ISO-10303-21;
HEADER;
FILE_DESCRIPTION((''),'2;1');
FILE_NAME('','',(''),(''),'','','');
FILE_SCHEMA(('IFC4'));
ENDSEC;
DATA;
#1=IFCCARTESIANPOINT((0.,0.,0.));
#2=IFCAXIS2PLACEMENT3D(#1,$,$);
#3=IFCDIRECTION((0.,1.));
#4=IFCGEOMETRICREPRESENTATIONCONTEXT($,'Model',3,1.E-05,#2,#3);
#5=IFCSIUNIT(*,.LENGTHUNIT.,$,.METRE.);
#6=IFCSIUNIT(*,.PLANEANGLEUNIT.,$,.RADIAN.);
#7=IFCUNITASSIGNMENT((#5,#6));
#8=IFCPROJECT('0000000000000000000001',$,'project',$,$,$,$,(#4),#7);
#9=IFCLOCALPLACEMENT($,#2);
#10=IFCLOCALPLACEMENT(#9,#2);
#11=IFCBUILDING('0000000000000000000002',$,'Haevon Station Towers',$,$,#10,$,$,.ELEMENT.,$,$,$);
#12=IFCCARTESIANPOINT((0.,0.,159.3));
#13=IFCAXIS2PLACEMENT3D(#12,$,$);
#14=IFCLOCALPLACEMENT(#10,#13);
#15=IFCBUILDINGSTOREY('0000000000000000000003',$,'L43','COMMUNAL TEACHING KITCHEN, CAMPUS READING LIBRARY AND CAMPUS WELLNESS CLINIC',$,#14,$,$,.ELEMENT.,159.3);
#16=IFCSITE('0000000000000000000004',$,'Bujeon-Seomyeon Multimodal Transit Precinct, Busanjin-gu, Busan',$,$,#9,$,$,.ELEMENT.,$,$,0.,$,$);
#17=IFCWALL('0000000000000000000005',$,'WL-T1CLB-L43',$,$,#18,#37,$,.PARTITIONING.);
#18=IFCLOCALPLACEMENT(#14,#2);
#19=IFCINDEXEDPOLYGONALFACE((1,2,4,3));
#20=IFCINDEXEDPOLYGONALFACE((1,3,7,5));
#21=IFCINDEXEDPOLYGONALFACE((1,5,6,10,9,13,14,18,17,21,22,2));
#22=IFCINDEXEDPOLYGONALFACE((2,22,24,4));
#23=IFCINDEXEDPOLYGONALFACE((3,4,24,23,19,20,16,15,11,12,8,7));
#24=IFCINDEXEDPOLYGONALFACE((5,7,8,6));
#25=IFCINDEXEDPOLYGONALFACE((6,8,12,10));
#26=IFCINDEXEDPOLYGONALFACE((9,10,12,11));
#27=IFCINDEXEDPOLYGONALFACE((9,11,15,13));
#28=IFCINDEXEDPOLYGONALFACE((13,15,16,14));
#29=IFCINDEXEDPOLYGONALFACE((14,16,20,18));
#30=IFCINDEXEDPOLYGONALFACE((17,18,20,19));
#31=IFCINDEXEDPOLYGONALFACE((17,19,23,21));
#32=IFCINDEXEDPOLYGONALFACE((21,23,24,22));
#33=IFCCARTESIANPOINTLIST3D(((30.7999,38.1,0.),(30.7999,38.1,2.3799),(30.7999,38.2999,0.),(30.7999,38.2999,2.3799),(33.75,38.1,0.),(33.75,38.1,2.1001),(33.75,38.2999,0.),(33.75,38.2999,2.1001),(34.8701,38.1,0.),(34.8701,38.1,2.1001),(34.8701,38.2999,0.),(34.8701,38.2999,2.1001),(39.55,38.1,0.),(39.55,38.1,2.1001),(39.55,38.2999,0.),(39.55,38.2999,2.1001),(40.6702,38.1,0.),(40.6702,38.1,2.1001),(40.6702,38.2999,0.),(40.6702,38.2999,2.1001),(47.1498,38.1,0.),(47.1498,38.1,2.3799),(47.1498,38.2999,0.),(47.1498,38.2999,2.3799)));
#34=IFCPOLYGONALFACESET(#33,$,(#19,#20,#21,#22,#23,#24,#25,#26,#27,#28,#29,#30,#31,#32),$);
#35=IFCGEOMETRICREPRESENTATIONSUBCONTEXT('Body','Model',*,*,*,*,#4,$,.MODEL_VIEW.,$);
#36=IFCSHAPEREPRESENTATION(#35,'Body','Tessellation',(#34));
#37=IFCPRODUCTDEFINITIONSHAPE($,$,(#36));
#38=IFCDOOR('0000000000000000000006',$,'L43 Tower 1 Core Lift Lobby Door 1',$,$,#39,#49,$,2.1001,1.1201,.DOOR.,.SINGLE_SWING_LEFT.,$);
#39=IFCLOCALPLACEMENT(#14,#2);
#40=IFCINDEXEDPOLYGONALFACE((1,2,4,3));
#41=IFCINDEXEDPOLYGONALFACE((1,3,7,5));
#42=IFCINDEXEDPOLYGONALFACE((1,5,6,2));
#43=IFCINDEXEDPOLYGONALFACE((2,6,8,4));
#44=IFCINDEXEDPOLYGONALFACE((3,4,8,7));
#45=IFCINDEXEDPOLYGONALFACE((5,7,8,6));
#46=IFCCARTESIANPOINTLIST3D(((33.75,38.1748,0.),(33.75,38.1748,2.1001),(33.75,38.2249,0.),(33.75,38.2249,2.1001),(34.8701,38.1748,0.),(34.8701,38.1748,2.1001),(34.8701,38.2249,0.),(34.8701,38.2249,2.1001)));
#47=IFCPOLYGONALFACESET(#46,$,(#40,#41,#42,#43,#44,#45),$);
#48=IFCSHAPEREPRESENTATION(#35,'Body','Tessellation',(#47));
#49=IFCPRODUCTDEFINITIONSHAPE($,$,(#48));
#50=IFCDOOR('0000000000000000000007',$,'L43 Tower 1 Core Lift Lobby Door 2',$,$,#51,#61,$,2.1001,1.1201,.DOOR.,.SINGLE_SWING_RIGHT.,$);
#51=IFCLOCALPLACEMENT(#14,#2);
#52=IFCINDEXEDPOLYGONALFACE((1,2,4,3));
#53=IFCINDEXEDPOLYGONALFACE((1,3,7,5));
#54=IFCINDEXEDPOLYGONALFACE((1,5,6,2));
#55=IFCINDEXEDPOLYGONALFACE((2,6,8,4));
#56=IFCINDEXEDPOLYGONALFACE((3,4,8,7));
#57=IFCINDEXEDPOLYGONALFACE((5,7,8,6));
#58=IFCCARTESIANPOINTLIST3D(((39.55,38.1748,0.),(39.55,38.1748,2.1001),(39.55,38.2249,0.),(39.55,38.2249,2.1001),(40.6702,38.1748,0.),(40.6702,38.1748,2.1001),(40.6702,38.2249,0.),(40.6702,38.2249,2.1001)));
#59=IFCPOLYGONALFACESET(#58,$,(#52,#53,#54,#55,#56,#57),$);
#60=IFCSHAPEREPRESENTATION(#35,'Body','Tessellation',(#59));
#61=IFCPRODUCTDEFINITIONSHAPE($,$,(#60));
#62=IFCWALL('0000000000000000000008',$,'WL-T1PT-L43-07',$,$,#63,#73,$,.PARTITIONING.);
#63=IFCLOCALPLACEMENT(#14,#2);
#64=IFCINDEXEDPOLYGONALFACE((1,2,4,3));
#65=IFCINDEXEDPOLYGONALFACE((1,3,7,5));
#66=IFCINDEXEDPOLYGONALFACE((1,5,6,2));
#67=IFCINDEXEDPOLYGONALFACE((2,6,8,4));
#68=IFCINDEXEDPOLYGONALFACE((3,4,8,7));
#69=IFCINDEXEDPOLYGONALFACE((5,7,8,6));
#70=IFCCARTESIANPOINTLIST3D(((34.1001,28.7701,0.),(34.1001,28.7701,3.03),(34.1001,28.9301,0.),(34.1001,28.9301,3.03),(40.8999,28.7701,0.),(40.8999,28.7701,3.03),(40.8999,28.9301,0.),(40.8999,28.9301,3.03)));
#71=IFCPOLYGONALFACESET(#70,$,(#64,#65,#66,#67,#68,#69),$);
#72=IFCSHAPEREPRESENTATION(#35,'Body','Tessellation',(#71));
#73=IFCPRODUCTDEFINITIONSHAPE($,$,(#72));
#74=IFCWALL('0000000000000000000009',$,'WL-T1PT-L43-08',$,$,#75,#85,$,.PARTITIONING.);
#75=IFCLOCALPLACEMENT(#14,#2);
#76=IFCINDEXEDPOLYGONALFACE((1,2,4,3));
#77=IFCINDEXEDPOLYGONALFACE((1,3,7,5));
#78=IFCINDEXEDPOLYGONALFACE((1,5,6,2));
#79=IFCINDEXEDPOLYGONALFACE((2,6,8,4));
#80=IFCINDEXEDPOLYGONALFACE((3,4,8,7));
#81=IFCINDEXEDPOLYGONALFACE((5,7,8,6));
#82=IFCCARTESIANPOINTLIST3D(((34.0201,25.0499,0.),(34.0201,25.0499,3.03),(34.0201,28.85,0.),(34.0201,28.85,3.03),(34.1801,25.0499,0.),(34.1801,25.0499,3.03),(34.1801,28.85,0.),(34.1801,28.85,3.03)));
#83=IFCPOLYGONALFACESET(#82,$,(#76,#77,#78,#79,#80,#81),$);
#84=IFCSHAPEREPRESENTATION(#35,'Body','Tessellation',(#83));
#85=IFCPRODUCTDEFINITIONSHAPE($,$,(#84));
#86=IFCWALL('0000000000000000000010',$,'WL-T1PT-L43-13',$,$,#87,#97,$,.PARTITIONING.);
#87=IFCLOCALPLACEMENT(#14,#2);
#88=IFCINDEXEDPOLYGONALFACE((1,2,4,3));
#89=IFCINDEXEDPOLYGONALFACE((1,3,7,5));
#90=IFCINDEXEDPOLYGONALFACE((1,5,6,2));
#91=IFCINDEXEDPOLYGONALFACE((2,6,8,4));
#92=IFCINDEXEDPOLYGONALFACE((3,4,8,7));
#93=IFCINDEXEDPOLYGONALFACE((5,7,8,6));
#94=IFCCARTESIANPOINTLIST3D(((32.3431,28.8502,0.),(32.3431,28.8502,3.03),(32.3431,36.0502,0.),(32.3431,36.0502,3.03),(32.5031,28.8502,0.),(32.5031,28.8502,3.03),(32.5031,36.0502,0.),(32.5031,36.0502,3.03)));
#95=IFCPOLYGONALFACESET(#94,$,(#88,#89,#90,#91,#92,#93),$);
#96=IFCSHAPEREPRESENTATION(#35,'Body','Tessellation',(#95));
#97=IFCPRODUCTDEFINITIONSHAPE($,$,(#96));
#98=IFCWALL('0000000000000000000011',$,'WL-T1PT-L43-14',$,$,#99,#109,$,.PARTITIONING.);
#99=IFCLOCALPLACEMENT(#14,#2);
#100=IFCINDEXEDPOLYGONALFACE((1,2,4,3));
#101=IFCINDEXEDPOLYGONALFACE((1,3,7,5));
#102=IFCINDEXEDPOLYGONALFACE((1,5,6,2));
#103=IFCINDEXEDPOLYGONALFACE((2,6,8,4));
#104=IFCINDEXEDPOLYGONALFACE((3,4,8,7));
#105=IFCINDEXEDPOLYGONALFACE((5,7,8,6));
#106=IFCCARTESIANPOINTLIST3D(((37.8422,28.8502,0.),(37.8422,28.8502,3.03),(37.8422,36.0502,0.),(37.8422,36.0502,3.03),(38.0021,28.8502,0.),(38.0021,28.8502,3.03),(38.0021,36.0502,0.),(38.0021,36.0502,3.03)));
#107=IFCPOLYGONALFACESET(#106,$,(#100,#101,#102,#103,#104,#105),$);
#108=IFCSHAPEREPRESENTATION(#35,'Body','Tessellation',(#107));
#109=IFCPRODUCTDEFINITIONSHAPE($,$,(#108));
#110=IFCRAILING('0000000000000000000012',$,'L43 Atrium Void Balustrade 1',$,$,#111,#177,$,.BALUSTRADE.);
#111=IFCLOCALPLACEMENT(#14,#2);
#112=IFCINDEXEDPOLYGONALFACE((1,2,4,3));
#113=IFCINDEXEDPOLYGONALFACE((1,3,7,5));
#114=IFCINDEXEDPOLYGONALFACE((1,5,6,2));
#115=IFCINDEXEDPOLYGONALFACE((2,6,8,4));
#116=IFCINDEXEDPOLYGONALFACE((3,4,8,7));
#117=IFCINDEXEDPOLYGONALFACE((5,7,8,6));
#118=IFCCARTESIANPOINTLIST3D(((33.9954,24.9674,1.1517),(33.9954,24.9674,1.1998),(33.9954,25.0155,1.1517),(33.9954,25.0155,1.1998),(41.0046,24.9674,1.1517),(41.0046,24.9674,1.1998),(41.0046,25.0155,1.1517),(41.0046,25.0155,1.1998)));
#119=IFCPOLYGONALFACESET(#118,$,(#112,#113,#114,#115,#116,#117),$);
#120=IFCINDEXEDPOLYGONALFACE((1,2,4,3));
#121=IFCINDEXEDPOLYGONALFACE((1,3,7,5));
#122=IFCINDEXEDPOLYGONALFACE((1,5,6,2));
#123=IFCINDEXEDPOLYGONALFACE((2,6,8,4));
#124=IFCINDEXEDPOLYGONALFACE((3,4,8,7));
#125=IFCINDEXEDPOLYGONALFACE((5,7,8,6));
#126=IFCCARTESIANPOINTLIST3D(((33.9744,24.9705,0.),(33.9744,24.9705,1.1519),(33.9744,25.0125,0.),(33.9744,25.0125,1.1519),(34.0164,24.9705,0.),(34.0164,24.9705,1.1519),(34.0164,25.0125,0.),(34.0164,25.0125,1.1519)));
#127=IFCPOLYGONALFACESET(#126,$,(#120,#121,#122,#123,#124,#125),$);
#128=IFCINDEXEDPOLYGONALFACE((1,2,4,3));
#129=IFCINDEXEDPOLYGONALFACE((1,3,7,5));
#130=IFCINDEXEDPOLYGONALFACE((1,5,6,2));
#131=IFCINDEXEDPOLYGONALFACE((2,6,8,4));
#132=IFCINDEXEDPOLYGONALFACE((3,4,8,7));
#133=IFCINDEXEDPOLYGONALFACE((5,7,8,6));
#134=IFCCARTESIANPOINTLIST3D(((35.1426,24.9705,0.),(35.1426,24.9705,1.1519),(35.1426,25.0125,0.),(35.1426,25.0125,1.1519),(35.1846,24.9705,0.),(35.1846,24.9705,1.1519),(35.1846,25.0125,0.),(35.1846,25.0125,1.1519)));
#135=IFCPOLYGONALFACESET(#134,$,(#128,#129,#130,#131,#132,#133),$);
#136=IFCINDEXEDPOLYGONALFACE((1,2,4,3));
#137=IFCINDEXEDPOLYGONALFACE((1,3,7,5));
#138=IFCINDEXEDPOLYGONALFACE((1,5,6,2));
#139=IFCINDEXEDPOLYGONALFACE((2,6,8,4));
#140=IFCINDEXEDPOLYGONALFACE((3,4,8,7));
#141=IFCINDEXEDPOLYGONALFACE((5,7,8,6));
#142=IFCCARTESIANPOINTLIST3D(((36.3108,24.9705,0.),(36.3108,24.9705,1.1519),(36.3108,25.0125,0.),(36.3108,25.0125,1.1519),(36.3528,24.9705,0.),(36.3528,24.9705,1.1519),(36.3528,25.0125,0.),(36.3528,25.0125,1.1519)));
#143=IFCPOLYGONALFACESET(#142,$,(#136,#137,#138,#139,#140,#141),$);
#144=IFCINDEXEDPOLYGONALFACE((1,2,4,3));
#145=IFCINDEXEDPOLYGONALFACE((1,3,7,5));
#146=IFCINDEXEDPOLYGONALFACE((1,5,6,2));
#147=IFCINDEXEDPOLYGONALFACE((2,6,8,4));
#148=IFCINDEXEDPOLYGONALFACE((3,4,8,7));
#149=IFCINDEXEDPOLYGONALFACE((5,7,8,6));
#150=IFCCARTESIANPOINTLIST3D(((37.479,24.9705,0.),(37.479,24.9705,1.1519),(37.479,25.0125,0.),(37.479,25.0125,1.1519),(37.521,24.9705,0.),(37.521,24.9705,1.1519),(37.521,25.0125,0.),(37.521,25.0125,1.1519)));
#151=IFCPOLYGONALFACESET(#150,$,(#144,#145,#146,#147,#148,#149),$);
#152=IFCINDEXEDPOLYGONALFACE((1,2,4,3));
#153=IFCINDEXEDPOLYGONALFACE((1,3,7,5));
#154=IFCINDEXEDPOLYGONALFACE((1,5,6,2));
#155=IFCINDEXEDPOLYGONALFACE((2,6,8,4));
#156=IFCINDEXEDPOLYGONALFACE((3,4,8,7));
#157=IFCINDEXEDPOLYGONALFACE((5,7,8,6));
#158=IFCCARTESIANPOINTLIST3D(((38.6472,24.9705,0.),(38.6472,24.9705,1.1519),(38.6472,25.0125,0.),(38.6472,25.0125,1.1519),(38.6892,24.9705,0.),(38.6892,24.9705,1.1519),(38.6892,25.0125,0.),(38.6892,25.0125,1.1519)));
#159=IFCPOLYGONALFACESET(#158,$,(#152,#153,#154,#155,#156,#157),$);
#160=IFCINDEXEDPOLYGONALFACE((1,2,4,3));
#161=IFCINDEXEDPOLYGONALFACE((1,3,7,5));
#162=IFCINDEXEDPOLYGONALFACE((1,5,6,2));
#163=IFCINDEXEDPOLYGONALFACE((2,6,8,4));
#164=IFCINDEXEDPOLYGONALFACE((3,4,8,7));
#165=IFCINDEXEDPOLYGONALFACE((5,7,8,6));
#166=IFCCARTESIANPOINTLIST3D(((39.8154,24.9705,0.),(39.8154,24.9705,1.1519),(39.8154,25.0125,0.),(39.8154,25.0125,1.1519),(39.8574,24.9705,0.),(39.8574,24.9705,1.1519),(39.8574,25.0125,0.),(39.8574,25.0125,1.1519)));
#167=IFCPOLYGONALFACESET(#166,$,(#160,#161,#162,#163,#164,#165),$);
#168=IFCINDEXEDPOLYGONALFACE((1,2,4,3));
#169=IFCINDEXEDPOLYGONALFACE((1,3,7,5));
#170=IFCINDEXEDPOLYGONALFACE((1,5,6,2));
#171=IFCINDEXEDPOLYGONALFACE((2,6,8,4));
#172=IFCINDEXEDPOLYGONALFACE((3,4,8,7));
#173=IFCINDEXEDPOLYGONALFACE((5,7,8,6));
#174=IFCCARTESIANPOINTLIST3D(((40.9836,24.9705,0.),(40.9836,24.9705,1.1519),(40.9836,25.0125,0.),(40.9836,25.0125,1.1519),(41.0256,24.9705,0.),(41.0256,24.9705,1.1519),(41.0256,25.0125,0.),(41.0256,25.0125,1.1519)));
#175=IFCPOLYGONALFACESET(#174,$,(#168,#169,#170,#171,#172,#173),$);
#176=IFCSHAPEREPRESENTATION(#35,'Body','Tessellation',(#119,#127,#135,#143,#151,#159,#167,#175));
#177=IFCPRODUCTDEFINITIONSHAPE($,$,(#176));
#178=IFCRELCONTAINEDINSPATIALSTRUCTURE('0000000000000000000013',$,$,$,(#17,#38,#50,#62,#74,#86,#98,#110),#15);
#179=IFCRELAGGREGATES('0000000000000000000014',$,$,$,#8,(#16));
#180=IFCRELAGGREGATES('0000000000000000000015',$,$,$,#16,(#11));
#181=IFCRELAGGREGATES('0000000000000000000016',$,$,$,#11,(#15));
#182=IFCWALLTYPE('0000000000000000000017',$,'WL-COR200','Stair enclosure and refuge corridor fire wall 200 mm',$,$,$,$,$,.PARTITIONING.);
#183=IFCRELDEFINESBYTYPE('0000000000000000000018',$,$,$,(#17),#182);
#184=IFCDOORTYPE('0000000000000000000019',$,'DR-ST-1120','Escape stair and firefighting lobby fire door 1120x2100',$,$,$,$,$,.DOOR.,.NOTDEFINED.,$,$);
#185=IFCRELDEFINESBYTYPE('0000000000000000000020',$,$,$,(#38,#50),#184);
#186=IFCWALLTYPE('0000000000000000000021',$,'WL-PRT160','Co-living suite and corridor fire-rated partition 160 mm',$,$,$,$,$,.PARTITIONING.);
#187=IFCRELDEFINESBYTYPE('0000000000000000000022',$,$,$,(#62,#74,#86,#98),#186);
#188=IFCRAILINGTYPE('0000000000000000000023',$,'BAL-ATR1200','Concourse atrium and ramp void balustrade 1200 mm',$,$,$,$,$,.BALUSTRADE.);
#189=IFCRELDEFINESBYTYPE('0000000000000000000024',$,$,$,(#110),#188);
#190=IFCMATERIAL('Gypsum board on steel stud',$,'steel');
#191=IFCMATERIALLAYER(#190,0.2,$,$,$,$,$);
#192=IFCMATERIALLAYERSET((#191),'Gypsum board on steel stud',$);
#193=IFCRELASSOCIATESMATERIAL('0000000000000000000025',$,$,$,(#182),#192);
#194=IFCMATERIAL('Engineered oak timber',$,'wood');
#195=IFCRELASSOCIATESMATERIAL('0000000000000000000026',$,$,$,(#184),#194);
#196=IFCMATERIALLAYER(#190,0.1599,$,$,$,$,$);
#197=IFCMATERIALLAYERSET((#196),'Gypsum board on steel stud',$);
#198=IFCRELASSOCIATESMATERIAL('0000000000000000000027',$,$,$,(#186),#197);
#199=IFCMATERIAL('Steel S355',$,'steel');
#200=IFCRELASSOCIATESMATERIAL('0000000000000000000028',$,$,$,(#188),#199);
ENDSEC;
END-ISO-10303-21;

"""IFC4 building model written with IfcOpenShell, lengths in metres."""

from ifc_helpers import new_model, si_unit, direction, frame, frame_2d, origin, origin_2d, place, context, subcontext, project, spatial, rectangle, extrude, material, layer, layer_set, type_object, element, fill, save


model = new_model("IFC4")

# Units and contexts
model_context = context("Model", 3, precision=1e-05, world=origin(), true_north=direction((0.0, 1.0)))
body_context = subcontext(model_context, "Body", "Model", "MODEL_VIEW")
ifc_project = project(units=[si_unit("LENGTHUNIT", "METRE"), si_unit("PLANEANGLEUNIT", "RADIAN")], contexts=[model_context])

# Site, building, storey
site_placement = place(None, origin())
site = spatial("IfcSite", under=ifc_project, at=site_placement, Name="Bujeon-Seomyeon Multimodal Transit Precinct, Busanjin-gu, Busan", CompositionType="ELEMENT", RefElevation=0.0)
building_placement = place(site_placement, origin())
building = spatial("IfcBuilding", under=site, at=building_placement, Name="Haevon Station Towers", CompositionType="ELEMENT")
storey_placement = place(building_placement, frame((0.0, 0.0, 159.3)))
storey = spatial("IfcBuildingStorey", under=building, at=storey_placement, Name="L43", Description="COMMUNAL TEACHING KITCHEN, CAMPUS READING LIBRARY AND CAMPUS WELLNESS CLINIC", CompositionType="ELEMENT", Elevation=159.3)

# Shared definitions
ifc_material_1 = material(Name="Steel S355", Category="steel")

# Shared definitions
ifc_material_2 = material(Name="Gypsum board on steel stud", Category="steel")

# Shared definitions
ifc_layer_1 = layer(ifc_material_2, 0.2)
ifc_layer_set_1 = layer_set([ifc_layer_1], Name="Gypsum board on steel stud")
wall_type_1 = type_object("IfcWallType", Name="WL-COR200", Description="Stair enclosure and refuge corridor fire wall 200 mm", PredefinedType="PARTITIONING", material=ifc_layer_set_1)
ifc_material_3 = material(Name="Engineered oak timber", Category="wood")

# Wall, openings, doors
wall_1_placement = place(storey_placement, frame((30.8, 38.2, 0.0), z_axis=(0.0, 0.0, 1.0), x_axis=(1.0, 0.0, 0.0)))
wall_1 = element("IfcWall", 1, at=wall_1_placement, inside=storey, type_object=wall_type_1, Name="WL-T1CLB-L43", PredefinedType="PARTITIONING", context=body_context, shape_type="SweptSolid", body=[
    extrude(rectangle(XDim=16.3499, YDim=0.2, at=frame_2d((8.1748, 0.0))), origin(), (0.0, 0.0, 1.0), 2.3799),
])
opening_1_placement = place(wall_1_placement, frame((2.95, 0.0, 0.0)))
opening_1 = element("IfcOpeningElement", 2, at=opening_1_placement, cuts=wall_1, PredefinedType="OPENING", context=body_context, shape_type="SweptSolid", body=[
    extrude(rectangle(XDim=1.1201, YDim=2.1001, at=frame_2d((0.5601, 1.05))), frame((0.0, 0.1099, 0.0), z_axis=(0.0, -1.0, 0.0), x_axis=(1.0, 0.0, 0.0)), (0.0, 0.0, 1.0), 0.22),
])
opening_2_placement = place(wall_1_placement, frame((8.75, 0.0, 0.0)))
opening_2 = element("IfcOpeningElement", 3, at=opening_2_placement, cuts=wall_1, PredefinedType="OPENING", context=body_context, shape_type="SweptSolid", body=[
    extrude(rectangle(XDim=1.1201, YDim=2.1001, at=frame_2d((0.5601, 1.05))), frame((0.0, 0.1099, 0.0), z_axis=(0.0, -1.0, 0.0), x_axis=(1.0, 0.0, 0.0)), (0.0, 0.0, 1.0), 0.22),
])
door_type_1 = type_object("IfcDoorType", Name="DR-ST-1120", Description="Escape stair and firefighting lobby fire door 1120x2100", OperationType="NOTDEFINED", PredefinedType="DOOR", material=ifc_material_3)
door_1_placement = place(opening_1_placement, origin())
door_1 = element("IfcDoor", 4, at=door_1_placement, inside=storey, type_object=door_type_1, Name="L43 Tower 1 Core Lift Lobby Door 1", OperationType="SINGLE_SWING_LEFT", OverallHeight=2.1001, OverallWidth=1.1201, PredefinedType="DOOR", context=body_context, shape_type="SweptSolid", body=[
    extrude(rectangle(XDim=1.1201, YDim=2.1001, at=frame_2d((0.5601, 1.05))), frame((0.0, 0.0249, 0.0), z_axis=(0.0, -1.0, 0.0), x_axis=(1.0, 0.0, 0.0)), (0.0, 0.0, 1.0), 0.05),
])
fill(opening_1, door_1)
door_2_placement = place(opening_2_placement, origin())
door_2 = element("IfcDoor", 5, at=door_2_placement, inside=storey, type_object=door_type_1, Name="L43 Tower 1 Core Lift Lobby Door 2", OperationType="SINGLE_SWING_RIGHT", OverallHeight=2.1001, OverallWidth=1.1201, PredefinedType="DOOR", context=body_context, shape_type="SweptSolid", body=[
    extrude(rectangle(XDim=1.1201, YDim=2.1001, at=frame_2d((0.5601, 1.05))), frame((0.0, 0.0249, 0.0), z_axis=(0.0, -1.0, 0.0), x_axis=(1.0, 0.0, 0.0)), (0.0, 0.0, 1.0), 0.05),
])
fill(opening_2, door_2)

# Walls
ifc_layer_2 = layer(ifc_material_2, 0.1599)
ifc_layer_set_2 = layer_set([ifc_layer_2], Name="Gypsum board on steel stud")
wall_type_2 = type_object("IfcWallType", Name="WL-PRT160", Description="Co-living suite and corridor fire-rated partition 160 mm", PredefinedType="PARTITIONING", material=ifc_layer_set_2)
wall_2_placement = place(storey_placement, frame((34.1001, 28.8501, 0.0), z_axis=(0.0, 0.0, 1.0), x_axis=(1.0, 0.0, 0.0)))
element("IfcWall", 6, at=wall_2_placement, inside=storey, type_object=wall_type_2, Name="WL-T1PT-L43-07", PredefinedType="PARTITIONING", context=body_context, shape_type="SweptSolid", body=[
    extrude(rectangle(XDim=6.7998, YDim=0.1599, at=frame_2d((3.3999, 0.0))), origin(), (0.0, 0.0, 1.0), 3.03),
])
wall_3_placement = place(storey_placement, frame((34.1001, 25.05, 0.0), z_axis=(0.0, 0.0, 1.0), x_axis=(0.0, 1.0, 0.0)))
element("IfcWall", 7, at=wall_3_placement, inside=storey, type_object=wall_type_2, Name="WL-T1PT-L43-08", PredefinedType="PARTITIONING", context=body_context, shape_type="SweptSolid", body=[
    extrude(rectangle(XDim=3.8, YDim=0.1599, at=frame_2d((1.8999, 0.0))), origin(), (0.0, 0.0, 1.0), 3.03),
])
for number, where, z_axis, x_axis, name in (
    (8, (32.4231, 28.8501, 0.0), (0.0, 0.0, 1.0), (0.0, 1.0, 0.0), "WL-T1PT-L43-13"),
    (9, (37.9221, 28.8501, 0.0), (0.0, 0.0, 1.0), (0.0, 1.0, 0.0), "WL-T1PT-L43-14"),
):
    element("IfcWall", number, at=place(storey_placement, frame(where, z_axis=z_axis, x_axis=x_axis)), inside=storey, type_object=wall_type_2, Name=name, PredefinedType="PARTITIONING", context=body_context, shape_type="SweptSolid", body=[
        extrude(rectangle(XDim=7.2, YDim=0.1599, at=frame_2d((3.6001, 0.0))), origin(), (0.0, 0.0, 1.0), 3.03),
    ])

# Railing
railing_type = type_object("IfcRailingType", Name="BAL-ATR1200", Description="Concourse atrium and ramp void balustrade 1200 mm", PredefinedType="BALUSTRADE", material=ifc_material_1)
railing_1_placement = place(storey_placement, frame((33.9954, 24.9915, 0.0)))
element("IfcRailing", 10, at=railing_1_placement, inside=storey, type_object=railing_type, Name="L43 Atrium Void Balustrade 1", PredefinedType="BALUSTRADE", context=body_context, shape_type="SweptSolid", body=[
    extrude(rectangle(XDim=0.0481, YDim=0.0481, at=origin_2d()), frame((0.0, 0.0, 1.1758), z_axis=(1.0, 0.0, 0.0), x_axis=(0.0, 1.0, 0.0)), (0.0, 0.0, 1.0), 7.0093),
    extrude(rectangle(XDim=0.042, YDim=0.042, at=origin_2d()), origin(), (0.0, 0.0, 1.0), 1.1519),
    extrude(rectangle(XDim=0.042, YDim=0.042, at=origin_2d()), frame((1.1682, 0.0, 0.0)), (0.0, 0.0, 1.0), 1.1519),
    extrude(rectangle(XDim=0.042, YDim=0.042, at=origin_2d()), frame((2.3364, 0.0, 0.0)), (0.0, 0.0, 1.0), 1.1519),
    extrude(rectangle(XDim=0.042, YDim=0.042, at=origin_2d()), frame((3.5046, 0.0, 0.0)), (0.0, 0.0, 1.0), 1.1519),
    extrude(rectangle(XDim=0.042, YDim=0.042, at=origin_2d()), frame((4.6729, 0.0, 0.0)), (0.0, 0.0, 1.0), 1.1519),
    extrude(rectangle(XDim=0.042, YDim=0.042, at=origin_2d()), frame((5.8411, 0.0, 0.0)), (0.0, 0.0, 1.0), 1.1519),
    extrude(rectangle(XDim=0.042, YDim=0.042, at=origin_2d()), frame((7.0093, 0.0, 0.0)), (0.0, 0.0, 1.0), 1.1519),
])

save(model, "model.ifc")
